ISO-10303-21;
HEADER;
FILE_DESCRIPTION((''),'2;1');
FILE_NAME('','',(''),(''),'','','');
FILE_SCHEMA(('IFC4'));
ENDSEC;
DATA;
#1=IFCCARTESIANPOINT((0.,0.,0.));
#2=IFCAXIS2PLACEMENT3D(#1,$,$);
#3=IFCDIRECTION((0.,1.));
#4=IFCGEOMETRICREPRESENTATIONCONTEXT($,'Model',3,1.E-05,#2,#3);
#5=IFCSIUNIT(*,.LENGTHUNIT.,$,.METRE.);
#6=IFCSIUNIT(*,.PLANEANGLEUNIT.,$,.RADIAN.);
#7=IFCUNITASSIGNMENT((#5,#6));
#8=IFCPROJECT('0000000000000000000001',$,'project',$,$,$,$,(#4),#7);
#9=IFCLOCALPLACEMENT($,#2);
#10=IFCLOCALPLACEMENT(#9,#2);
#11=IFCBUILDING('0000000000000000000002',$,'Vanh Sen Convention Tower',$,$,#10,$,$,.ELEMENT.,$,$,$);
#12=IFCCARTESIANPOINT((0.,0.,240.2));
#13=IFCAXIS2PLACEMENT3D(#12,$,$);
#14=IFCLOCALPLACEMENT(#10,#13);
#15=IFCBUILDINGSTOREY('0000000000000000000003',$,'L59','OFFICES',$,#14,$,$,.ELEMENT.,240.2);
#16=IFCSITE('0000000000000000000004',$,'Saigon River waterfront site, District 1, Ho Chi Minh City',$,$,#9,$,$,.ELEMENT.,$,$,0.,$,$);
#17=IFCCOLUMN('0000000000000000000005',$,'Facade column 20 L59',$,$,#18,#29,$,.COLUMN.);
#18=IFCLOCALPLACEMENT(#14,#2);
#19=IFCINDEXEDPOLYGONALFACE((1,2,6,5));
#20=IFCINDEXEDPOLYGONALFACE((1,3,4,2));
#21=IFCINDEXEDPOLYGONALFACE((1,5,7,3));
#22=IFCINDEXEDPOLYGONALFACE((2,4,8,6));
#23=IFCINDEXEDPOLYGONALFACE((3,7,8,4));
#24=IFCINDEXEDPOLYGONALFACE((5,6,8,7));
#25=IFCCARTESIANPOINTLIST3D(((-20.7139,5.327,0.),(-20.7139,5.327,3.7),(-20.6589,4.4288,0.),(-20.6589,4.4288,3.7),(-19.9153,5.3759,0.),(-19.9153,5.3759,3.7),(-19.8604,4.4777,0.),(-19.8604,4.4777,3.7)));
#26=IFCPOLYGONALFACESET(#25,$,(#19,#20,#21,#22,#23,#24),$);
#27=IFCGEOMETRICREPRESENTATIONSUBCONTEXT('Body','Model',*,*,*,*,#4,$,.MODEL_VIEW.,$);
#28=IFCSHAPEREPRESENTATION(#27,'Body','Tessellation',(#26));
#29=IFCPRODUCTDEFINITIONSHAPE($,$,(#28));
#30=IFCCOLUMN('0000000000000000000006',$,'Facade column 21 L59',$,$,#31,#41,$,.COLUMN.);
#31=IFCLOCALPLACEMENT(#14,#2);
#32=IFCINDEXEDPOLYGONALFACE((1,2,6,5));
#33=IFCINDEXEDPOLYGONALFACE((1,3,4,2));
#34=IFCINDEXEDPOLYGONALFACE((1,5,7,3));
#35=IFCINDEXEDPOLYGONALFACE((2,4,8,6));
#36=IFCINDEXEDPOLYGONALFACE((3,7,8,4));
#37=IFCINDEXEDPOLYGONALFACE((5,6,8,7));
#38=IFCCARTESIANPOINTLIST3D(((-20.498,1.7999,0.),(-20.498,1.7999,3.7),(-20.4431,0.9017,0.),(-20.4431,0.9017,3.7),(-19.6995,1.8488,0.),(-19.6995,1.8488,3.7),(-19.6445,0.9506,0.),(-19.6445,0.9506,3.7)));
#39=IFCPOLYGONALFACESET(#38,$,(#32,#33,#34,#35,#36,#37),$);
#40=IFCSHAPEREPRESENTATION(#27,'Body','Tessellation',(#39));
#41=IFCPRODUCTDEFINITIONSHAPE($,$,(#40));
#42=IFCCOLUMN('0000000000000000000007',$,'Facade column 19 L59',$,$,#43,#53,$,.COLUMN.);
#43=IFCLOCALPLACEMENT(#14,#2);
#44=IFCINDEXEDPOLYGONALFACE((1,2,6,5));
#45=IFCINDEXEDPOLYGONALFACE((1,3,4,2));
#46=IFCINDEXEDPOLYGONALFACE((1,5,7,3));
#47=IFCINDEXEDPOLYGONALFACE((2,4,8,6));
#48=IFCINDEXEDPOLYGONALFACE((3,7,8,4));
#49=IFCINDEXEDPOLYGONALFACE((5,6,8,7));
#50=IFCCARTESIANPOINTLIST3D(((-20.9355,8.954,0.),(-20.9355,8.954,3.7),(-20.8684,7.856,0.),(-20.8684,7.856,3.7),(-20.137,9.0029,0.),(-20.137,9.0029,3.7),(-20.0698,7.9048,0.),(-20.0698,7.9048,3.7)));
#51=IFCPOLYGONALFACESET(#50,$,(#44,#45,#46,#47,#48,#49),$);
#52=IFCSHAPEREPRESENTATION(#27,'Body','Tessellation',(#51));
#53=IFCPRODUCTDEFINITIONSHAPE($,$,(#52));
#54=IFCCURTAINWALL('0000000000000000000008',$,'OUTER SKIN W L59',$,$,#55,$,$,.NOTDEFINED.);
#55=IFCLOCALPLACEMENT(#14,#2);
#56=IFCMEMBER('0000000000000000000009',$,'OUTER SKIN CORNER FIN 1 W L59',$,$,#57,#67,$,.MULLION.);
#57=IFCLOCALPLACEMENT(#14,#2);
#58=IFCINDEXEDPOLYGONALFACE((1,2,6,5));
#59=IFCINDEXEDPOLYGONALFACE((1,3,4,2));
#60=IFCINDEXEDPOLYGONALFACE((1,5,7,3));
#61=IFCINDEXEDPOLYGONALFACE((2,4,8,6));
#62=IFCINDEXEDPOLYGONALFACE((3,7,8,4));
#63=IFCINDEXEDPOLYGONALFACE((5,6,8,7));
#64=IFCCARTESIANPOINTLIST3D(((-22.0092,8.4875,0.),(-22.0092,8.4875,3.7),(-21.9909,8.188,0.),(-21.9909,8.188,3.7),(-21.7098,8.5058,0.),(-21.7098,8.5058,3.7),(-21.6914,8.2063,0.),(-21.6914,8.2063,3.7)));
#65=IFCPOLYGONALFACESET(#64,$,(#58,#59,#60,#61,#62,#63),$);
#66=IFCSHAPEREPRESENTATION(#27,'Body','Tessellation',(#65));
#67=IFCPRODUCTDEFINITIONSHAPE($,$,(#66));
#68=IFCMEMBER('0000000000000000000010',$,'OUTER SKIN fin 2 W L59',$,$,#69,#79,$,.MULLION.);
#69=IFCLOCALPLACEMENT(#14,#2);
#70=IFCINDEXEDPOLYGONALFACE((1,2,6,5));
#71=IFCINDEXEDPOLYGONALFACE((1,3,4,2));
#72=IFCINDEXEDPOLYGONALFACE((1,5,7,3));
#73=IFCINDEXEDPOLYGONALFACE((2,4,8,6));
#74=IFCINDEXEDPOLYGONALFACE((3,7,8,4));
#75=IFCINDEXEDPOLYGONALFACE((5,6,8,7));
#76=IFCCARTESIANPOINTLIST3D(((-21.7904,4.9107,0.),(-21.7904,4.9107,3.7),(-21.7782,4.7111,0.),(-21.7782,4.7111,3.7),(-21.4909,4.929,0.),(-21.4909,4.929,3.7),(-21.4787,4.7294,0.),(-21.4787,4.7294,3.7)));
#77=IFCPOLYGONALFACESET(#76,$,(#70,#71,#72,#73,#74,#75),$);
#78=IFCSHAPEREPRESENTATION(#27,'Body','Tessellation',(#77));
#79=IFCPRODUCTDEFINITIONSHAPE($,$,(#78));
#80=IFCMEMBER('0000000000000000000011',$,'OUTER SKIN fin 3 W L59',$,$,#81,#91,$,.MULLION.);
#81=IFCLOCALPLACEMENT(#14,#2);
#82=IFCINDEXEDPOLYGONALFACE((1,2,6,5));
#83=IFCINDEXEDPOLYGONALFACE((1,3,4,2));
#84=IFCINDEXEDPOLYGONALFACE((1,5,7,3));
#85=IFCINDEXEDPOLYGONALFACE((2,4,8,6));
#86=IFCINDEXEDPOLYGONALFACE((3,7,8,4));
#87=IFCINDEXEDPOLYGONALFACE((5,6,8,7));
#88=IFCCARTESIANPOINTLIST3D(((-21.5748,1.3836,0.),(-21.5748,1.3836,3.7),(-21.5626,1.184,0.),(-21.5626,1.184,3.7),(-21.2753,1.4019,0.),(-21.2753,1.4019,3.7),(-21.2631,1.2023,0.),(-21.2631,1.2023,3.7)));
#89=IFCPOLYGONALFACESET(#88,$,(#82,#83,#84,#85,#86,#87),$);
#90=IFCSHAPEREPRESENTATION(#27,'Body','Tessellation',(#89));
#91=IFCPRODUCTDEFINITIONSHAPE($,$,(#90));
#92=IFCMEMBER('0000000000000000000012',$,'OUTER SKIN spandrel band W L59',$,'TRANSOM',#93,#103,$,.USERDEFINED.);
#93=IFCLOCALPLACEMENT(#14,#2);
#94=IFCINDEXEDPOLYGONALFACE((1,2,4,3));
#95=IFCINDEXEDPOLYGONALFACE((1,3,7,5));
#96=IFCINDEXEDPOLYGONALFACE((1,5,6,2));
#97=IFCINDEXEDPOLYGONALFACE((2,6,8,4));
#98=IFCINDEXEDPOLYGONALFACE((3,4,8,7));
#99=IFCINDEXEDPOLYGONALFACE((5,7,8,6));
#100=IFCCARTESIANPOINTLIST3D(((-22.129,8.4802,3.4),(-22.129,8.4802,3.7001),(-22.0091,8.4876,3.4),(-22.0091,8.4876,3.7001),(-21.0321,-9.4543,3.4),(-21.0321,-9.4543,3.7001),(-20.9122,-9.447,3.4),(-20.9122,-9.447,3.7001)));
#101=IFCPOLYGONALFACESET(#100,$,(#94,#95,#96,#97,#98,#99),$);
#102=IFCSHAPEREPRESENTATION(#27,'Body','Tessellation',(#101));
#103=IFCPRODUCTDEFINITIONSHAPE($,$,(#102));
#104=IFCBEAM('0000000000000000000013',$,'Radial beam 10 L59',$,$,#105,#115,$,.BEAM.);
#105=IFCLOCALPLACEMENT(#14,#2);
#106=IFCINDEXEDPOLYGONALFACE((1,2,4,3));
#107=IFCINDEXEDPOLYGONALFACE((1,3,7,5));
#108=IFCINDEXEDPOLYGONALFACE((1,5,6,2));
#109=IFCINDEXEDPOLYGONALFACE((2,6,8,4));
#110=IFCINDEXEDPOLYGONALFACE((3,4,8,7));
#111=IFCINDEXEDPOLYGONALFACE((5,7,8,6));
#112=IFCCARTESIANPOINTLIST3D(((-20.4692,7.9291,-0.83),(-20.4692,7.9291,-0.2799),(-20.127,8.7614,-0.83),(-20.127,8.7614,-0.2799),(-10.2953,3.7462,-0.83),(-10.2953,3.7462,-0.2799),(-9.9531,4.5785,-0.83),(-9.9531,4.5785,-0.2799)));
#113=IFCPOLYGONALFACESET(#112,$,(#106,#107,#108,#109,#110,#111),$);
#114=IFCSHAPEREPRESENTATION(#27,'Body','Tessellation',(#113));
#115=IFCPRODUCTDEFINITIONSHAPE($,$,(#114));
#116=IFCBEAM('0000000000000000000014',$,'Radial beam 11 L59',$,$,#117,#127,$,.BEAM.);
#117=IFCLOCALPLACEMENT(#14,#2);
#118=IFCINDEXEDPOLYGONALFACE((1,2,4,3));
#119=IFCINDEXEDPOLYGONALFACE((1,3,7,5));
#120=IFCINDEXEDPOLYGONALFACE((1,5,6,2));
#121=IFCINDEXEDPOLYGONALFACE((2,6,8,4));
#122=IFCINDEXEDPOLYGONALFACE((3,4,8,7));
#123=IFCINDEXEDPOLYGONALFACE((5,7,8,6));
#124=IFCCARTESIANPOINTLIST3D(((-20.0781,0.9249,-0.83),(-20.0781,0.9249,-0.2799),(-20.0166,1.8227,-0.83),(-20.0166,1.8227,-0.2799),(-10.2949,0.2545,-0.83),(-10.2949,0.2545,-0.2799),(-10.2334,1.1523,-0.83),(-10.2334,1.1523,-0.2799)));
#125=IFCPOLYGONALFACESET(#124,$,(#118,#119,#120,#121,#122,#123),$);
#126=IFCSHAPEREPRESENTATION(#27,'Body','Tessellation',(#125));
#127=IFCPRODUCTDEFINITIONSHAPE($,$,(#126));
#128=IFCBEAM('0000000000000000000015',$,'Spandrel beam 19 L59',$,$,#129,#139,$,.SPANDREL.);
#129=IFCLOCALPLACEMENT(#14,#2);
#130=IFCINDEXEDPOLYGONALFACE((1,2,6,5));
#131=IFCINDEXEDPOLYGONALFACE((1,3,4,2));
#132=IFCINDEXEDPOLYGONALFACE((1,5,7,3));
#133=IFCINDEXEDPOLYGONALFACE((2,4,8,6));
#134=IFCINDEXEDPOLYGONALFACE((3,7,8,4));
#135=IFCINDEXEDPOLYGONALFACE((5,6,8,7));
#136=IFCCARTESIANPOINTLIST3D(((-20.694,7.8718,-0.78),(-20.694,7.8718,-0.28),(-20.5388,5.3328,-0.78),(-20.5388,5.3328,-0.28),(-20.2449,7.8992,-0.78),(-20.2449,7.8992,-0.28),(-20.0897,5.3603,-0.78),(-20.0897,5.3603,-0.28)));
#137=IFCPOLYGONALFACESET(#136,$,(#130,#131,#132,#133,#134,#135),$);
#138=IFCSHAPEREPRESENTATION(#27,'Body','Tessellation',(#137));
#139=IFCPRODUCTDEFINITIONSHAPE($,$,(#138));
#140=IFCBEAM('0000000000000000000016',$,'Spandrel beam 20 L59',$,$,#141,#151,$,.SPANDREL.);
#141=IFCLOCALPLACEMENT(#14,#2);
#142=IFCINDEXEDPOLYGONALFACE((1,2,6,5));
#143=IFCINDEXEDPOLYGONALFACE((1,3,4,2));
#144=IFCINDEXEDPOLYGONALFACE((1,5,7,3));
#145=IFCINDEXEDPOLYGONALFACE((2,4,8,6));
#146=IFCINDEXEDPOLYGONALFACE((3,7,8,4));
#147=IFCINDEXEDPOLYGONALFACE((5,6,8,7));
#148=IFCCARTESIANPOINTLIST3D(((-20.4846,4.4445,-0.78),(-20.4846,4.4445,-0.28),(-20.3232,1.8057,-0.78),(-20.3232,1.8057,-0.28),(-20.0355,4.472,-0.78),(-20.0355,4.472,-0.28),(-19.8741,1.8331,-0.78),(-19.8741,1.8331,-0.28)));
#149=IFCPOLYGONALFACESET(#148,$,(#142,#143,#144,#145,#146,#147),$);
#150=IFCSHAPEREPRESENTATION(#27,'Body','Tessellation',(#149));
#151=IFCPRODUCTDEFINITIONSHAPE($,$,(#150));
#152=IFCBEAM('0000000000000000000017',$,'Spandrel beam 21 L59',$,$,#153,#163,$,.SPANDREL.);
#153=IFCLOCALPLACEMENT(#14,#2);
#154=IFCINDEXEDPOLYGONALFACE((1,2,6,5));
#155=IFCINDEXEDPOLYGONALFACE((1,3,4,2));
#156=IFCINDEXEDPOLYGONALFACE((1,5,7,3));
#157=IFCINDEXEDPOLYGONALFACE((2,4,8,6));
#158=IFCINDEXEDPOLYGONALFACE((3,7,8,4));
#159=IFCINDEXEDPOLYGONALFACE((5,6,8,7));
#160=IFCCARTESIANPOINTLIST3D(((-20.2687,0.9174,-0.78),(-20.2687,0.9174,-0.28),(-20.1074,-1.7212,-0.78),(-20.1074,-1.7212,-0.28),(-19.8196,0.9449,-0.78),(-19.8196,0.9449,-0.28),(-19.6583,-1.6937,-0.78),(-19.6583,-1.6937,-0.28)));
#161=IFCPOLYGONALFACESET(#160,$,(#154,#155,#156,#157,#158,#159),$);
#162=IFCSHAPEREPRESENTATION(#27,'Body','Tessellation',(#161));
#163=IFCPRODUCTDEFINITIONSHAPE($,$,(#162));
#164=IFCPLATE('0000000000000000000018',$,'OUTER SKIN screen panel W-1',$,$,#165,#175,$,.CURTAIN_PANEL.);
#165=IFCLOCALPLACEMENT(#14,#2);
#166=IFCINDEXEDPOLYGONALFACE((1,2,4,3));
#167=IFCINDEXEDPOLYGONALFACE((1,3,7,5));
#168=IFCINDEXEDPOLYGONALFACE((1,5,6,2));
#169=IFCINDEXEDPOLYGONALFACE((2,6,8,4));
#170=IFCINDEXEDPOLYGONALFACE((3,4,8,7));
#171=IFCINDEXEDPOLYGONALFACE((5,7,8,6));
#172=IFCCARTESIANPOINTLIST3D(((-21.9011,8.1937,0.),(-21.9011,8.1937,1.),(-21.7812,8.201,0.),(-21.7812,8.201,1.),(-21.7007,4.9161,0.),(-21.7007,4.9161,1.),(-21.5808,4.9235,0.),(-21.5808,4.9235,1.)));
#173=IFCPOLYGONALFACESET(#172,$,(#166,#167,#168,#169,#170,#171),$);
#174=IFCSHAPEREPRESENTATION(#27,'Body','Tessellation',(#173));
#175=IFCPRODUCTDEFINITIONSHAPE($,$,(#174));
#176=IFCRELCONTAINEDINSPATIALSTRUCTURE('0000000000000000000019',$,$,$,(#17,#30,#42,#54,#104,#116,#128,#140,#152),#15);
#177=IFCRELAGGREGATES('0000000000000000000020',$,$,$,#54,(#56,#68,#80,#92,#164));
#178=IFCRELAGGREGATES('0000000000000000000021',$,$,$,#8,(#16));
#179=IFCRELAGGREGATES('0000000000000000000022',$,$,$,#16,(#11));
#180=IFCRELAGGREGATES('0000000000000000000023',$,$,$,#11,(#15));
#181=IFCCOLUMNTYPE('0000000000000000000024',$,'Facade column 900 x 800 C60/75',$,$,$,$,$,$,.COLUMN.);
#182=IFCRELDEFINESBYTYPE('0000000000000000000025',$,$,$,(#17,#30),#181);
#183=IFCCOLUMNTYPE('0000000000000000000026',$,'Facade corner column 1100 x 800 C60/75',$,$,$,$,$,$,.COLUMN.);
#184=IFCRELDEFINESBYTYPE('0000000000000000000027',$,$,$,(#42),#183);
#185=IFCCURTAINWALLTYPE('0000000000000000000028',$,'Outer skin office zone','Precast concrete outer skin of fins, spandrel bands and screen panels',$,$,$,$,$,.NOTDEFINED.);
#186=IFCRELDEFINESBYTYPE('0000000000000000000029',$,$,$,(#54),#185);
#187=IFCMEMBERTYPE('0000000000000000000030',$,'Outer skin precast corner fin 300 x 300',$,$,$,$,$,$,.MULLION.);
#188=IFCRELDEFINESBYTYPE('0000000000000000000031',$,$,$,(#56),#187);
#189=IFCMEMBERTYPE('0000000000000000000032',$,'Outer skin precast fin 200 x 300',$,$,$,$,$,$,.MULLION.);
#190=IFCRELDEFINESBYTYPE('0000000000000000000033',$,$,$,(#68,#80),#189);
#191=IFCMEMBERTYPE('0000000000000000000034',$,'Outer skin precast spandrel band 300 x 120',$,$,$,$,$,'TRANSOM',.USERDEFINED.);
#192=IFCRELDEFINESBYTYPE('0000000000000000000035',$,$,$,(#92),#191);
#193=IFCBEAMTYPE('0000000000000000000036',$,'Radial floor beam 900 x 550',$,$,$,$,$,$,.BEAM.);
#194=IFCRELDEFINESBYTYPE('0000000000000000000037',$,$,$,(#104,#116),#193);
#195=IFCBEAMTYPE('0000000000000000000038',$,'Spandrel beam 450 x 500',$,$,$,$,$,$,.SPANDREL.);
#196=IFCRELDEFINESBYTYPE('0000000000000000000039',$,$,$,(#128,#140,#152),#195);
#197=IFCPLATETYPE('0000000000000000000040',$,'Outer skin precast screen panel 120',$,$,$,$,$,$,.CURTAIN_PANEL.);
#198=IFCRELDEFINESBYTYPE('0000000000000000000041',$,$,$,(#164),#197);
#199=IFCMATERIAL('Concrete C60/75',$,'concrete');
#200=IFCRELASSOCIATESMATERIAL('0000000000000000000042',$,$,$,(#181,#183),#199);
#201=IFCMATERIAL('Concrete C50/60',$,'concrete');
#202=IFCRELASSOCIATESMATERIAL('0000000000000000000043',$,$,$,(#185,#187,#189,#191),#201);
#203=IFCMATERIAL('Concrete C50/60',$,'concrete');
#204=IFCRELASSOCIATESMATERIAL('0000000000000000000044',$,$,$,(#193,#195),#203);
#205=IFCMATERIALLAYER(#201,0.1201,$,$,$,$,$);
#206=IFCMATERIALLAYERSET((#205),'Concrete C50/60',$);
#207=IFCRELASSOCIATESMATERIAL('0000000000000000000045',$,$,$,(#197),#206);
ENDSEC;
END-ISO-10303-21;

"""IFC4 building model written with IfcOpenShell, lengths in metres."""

from ifc_helpers import new_model, si_unit, direction, frame, origin, origin_2d, place, context, subcontext, project, spatial, rectangle, extrude, material, layer, layer_set, material_profile, profile_set, type_object, element, aggregate, save


model = new_model("IFC4")

# Units and contexts
model_context = context("Model", 3, precision=1e-05, world=origin(), true_north=direction((0.0, 1.0)))
body_context = subcontext(model_context, "Body", "Model", "MODEL_VIEW")
ifc_project = project(units=[si_unit("LENGTHUNIT", "METRE"), si_unit("PLANEANGLEUNIT", "RADIAN")], contexts=[model_context])

# Site, building, storey
site_placement = place(None, origin())
site = spatial("IfcSite", under=ifc_project, at=site_placement, Name="Saigon River waterfront site, District 1, Ho Chi Minh City", CompositionType="ELEMENT", RefElevation=0.0)
building_placement = place(site_placement, origin())
building = spatial("IfcBuilding", under=site, at=building_placement, Name="Vanh Sen Convention Tower", CompositionType="ELEMENT")
storey_placement = place(building_placement, frame((0.0, 0.0, 240.2)))
storey = spatial("IfcBuildingStorey", under=building, at=storey_placement, Name="L59", Description="OFFICES", CompositionType="ELEMENT", Elevation=240.2)

# Columns
ifc_material_1 = material(Name="Concrete C60/75", Category="concrete")
ifc_material_profile_1 = material_profile(ifc_material_1, rectangle(XDim=0.8999, YDim=0.8, at=origin_2d()), Name="RC 900X800")
ifc_profile_set_1 = profile_set([ifc_material_profile_1], Name="Concrete C60/75")
column_type_1 = type_object("IfcColumnType", Name="Facade column 900 x 800 C60/75", PredefinedType="COLUMN", material=ifc_profile_set_1)
for number, where, z_axis, x_axis, name in (
    (1, (-20.2871, 4.9023, 0.0), (0.0, 0.0, 1.0), (0.061049, -0.998135, 0.0), "Facade column 20 L59"),
    (2, (-20.0713, 1.3752, 0.0), (0.0, 0.0, 1.0), (0.061049, -0.998135, 0.0), "Facade column 21 L59"),
):
    element("IfcColumn", number, at=place(storey_placement, frame(where, z_axis=z_axis, x_axis=x_axis)), inside=storey, type_object=column_type_1, Name=name, PredefinedType="COLUMN", context=body_context, shape_type="SweptSolid", body=[
        extrude(rectangle(XDim=0.8999, YDim=0.8, at=origin_2d()), origin(), (0.0, 0.0, 1.0), 3.7),
    ])
ifc_material_profile_2 = material_profile(ifc_material_1, rectangle(XDim=1.1001, YDim=0.8, at=origin_2d()), Name="RC 1100X800")
ifc_profile_set_2 = profile_set([ifc_material_profile_2], Name="Concrete C60/75")
column_type_2 = type_object("IfcColumnType", Name="Facade corner column 1100 x 800 C60/75", PredefinedType="COLUMN", material=ifc_profile_set_2)
column_placement = place(storey_placement, frame((-20.5027, 8.4294, 0.0), z_axis=(0.0, 0.0, 1.0), x_axis=(0.061049, -0.998135, 0.0)))
element("IfcColumn", 3, at=column_placement, inside=storey, type_object=column_type_2, Name="Facade column 19 L59", PredefinedType="COLUMN", context=body_context, shape_type="SweptSolid", body=[
    extrude(rectangle(XDim=1.1001, YDim=0.8, at=origin_2d()), origin(), (0.0, 0.0, 1.0), 3.7),
])

# Curtain wall, members
ifc_material_2 = material(Name="Concrete C50/60", Category="concrete")
curtain_wall_type = type_object("IfcCurtainWallType", Name="Outer skin office zone", Description="Precast concrete outer skin of fins, spandrel bands and screen panels", PredefinedType="NOTDEFINED", material=ifc_material_2)
curtain_wall_placement = place(storey_placement, origin())
curtain_wall = element("IfcCurtainWall", 4, at=curtain_wall_placement, inside=storey, type_object=curtain_wall_type, Name="OUTER SKIN W L59", PredefinedType="NOTDEFINED")
ifc_material_profile_3 = material_profile(ifc_material_2, rectangle(XDim=0.3, YDim=0.3, at=origin_2d()), Name="Outer skin precast corner fin 300 x 300")
ifc_profile_set_3 = profile_set([ifc_material_profile_3], Name="Concrete C50/60")
member_type_1 = type_object("IfcMemberType", Name="Outer skin precast corner fin 300 x 300", PredefinedType="MULLION", material=ifc_profile_set_3)
member_1_placement = place(storey_placement, frame((-21.8503, 8.3469, 0.0), z_axis=(0.0, 0.0, 1.0), x_axis=(0.061049, -0.998135, 0.0)))
member_1 = element("IfcMember", 5, at=member_1_placement, type_object=member_type_1, Name="OUTER SKIN CORNER FIN 1 W L59", PredefinedType="MULLION", context=body_context, shape_type="SweptSolid", body=[
    extrude(rectangle(XDim=0.3, YDim=0.3, at=origin_2d()), origin(), (0.0, 0.0, 1.0), 3.7),
])
ifc_material_profile_4 = material_profile(ifc_material_2, rectangle(XDim=0.2, YDim=0.3, at=origin_2d()), Name="Outer skin precast fin 200 x 300")
ifc_profile_set_4 = profile_set([ifc_material_profile_4], Name="Concrete C50/60")
member_type_2 = type_object("IfcMemberType", Name="Outer skin precast fin 200 x 300", PredefinedType="MULLION", material=ifc_profile_set_4)
member_2_placement = place(storey_placement, frame((-21.6345, 4.8201, 0.0), z_axis=(0.0, 0.0, 1.0), x_axis=(0.061049, -0.998135, 0.0)))
member_2 = element("IfcMember", 6, at=member_2_placement, type_object=member_type_2, Name="OUTER SKIN fin 2 W L59", PredefinedType="MULLION", context=body_context, shape_type="SweptSolid", body=[
    extrude(rectangle(XDim=0.2, YDim=0.3, at=origin_2d()), origin(), (0.0, 0.0, 1.0), 3.7),
])
member_3_placement = place(storey_placement, frame((-21.4189, 1.293, 0.0), z_axis=(0.0, 0.0, 1.0), x_axis=(0.061049, -0.998135, 0.0)))
member_3 = element("IfcMember", 7, at=member_3_placement, type_object=member_type_2, Name="OUTER SKIN fin 3 W L59", PredefinedType="MULLION", context=body_context, shape_type="SweptSolid", body=[
    extrude(rectangle(XDim=0.2, YDim=0.3, at=origin_2d()), origin(), (0.0, 0.0, 1.0), 3.7),
])
ifc_material_profile_5 = material_profile(ifc_material_2, rectangle(XDim=0.1201, YDim=0.3, at=origin_2d()), Name="Outer skin precast spandrel band 300 x 120")
ifc_profile_set_5 = profile_set([ifc_material_profile_5], Name="Concrete C50/60")
member_type_3 = type_object("IfcMemberType", Name="Outer skin precast spandrel band 300 x 120", ElementType="TRANSOM", PredefinedType="USERDEFINED", material=ifc_profile_set_5)
member_4_placement = place(storey_placement, frame((-22.0691, 8.4839, 3.55), z_axis=(0.061048, -0.998135, 0.0), x_axis=(0.998135, 0.061048, 0.0)))
member_4 = element("IfcMember", 8, at=member_4_placement, type_object=member_type_3, Name="OUTER SKIN spandrel band W L59", ObjectType="TRANSOM", PredefinedType="USERDEFINED", context=body_context, shape_type="SweptSolid", body=[
    extrude(rectangle(XDim=0.1201, YDim=0.3, at=origin_2d()), origin(), (0.0, 0.0, 1.0), 17.968),
])

# Beams
ifc_material_3 = material(Name="Concrete C50/60", Category="concrete")
ifc_material_profile_6 = material_profile(ifc_material_3, rectangle(XDim=0.8999, YDim=0.55, at=origin_2d()), Name="RC 900X550")
ifc_profile_set_6 = profile_set([ifc_material_profile_6], Name="Concrete C50/60")
beam_type_1 = type_object("IfcBeamType", Name="Radial floor beam 900 x 550", PredefinedType="BEAM", material=ifc_profile_set_6)
beam_1_placement = place(storey_placement, frame((-20.2981, 8.3452, -0.5549), z_axis=(0.924882, -0.380255, 0.0), x_axis=(0.380255, 0.924882, 0.0)))
element("IfcBeam", 9, at=beam_1_placement, inside=storey, type_object=beam_type_1, Name="Radial beam 10 L59", PredefinedType="BEAM", context=body_context, shape_type="SweptSolid", body=[
    extrude(rectangle(XDim=0.8999, YDim=0.55, at=origin_2d()), origin(), (0.0, 0.0, 1.0), 11.0002),
])
beam_2_placement = place(storey_placement, frame((-20.0474, 1.3738, -0.5549), z_axis=(0.99766, -0.068366, 0.0), x_axis=(0.068366, 0.99766, 0.0)))
element("IfcBeam", 10, at=beam_2_placement, inside=storey, type_object=beam_type_1, Name="Radial beam 11 L59", PredefinedType="BEAM", context=body_context, shape_type="SweptSolid", body=[
    extrude(rectangle(XDim=0.8999, YDim=0.55, at=origin_2d()), origin(), (0.0, 0.0, 1.0), 9.8062),
])
ifc_material_profile_7 = material_profile(ifc_material_3, rectangle(XDim=0.45, YDim=0.5, at=origin_2d()), Name="RC 450X500")
ifc_profile_set_7 = profile_set([ifc_material_profile_7], Name="Concrete C50/60")
beam_type_2 = type_object("IfcBeamType", Name="Spandrel beam 450 x 500", PredefinedType="SPANDREL", material=ifc_profile_set_7)
beam_3_placement = place(storey_placement, frame((-20.4695, 7.8855, -0.53), z_axis=(0.06104, -0.998135, 0.0), x_axis=(0.998135, 0.06104, 0.0)))
element("IfcBeam", 11, at=beam_3_placement, inside=storey, type_object=beam_type_2, Name="Spandrel beam 19 L59", PredefinedType="SPANDREL", context=body_context, shape_type="SweptSolid", body=[
    extrude(rectangle(XDim=0.45, YDim=0.5, at=origin_2d()), origin(), (0.0, 0.0, 1.0), 2.5437),
])
beam_4_placement = place(storey_placement, frame((-20.26, 4.4583, -0.53), z_axis=(0.061039, -0.998135, 0.0), x_axis=(0.998135, 0.061039, 0.0)))
element("IfcBeam", 12, at=beam_4_placement, inside=storey, type_object=beam_type_2, Name="Spandrel beam 20 L59", PredefinedType="SPANDREL", context=body_context, shape_type="SweptSolid", body=[
    extrude(rectangle(XDim=0.45, YDim=0.5, at=origin_2d()), origin(), (0.0, 0.0, 1.0), 2.6438),
])
beam_5_placement = place(storey_placement, frame((-20.0442, 0.9312, -0.53), z_axis=(0.061044, -0.998135, 0.0), x_axis=(0.998135, 0.061044, 0.0)))
element("IfcBeam", 13, at=beam_5_placement, inside=storey, type_object=beam_type_2, Name="Spandrel beam 21 L59", PredefinedType="SPANDREL", context=body_context, shape_type="SweptSolid", body=[
    extrude(rectangle(XDim=0.45, YDim=0.5, at=origin_2d()), origin(), (0.0, 0.0, 1.0), 2.6436),
])

# Plate
ifc_layer_1 = layer(ifc_material_2, 0.1201)
ifc_layer_set_1 = layer_set([ifc_layer_1], Name="Concrete C50/60")
plate_type = type_object("IfcPlateType", Name="Outer skin precast screen panel 120", PredefinedType="CURTAIN_PANEL", material=ifc_layer_set_1)
plate_1_placement = place(storey_placement, frame((-21.741, 6.5586, 0.0), z_axis=(0.0, 0.0, 1.0), x_axis=(0.061043, -0.998135, 0.0)))
plate_1 = element("IfcPlate", 14, at=plate_1_placement, type_object=plate_type, Name="OUTER SKIN screen panel W-1", PredefinedType="CURTAIN_PANEL", context=body_context, shape_type="SweptSolid", body=[
    extrude(rectangle(XDim=3.2837, YDim=0.1201, at=origin_2d()), origin(), (0.0, 0.0, 1.0), 1.0),
])
aggregate(curtain_wall, [member_1, member_2, member_3, member_4, plate_1])

save(model, "model.ifc")
